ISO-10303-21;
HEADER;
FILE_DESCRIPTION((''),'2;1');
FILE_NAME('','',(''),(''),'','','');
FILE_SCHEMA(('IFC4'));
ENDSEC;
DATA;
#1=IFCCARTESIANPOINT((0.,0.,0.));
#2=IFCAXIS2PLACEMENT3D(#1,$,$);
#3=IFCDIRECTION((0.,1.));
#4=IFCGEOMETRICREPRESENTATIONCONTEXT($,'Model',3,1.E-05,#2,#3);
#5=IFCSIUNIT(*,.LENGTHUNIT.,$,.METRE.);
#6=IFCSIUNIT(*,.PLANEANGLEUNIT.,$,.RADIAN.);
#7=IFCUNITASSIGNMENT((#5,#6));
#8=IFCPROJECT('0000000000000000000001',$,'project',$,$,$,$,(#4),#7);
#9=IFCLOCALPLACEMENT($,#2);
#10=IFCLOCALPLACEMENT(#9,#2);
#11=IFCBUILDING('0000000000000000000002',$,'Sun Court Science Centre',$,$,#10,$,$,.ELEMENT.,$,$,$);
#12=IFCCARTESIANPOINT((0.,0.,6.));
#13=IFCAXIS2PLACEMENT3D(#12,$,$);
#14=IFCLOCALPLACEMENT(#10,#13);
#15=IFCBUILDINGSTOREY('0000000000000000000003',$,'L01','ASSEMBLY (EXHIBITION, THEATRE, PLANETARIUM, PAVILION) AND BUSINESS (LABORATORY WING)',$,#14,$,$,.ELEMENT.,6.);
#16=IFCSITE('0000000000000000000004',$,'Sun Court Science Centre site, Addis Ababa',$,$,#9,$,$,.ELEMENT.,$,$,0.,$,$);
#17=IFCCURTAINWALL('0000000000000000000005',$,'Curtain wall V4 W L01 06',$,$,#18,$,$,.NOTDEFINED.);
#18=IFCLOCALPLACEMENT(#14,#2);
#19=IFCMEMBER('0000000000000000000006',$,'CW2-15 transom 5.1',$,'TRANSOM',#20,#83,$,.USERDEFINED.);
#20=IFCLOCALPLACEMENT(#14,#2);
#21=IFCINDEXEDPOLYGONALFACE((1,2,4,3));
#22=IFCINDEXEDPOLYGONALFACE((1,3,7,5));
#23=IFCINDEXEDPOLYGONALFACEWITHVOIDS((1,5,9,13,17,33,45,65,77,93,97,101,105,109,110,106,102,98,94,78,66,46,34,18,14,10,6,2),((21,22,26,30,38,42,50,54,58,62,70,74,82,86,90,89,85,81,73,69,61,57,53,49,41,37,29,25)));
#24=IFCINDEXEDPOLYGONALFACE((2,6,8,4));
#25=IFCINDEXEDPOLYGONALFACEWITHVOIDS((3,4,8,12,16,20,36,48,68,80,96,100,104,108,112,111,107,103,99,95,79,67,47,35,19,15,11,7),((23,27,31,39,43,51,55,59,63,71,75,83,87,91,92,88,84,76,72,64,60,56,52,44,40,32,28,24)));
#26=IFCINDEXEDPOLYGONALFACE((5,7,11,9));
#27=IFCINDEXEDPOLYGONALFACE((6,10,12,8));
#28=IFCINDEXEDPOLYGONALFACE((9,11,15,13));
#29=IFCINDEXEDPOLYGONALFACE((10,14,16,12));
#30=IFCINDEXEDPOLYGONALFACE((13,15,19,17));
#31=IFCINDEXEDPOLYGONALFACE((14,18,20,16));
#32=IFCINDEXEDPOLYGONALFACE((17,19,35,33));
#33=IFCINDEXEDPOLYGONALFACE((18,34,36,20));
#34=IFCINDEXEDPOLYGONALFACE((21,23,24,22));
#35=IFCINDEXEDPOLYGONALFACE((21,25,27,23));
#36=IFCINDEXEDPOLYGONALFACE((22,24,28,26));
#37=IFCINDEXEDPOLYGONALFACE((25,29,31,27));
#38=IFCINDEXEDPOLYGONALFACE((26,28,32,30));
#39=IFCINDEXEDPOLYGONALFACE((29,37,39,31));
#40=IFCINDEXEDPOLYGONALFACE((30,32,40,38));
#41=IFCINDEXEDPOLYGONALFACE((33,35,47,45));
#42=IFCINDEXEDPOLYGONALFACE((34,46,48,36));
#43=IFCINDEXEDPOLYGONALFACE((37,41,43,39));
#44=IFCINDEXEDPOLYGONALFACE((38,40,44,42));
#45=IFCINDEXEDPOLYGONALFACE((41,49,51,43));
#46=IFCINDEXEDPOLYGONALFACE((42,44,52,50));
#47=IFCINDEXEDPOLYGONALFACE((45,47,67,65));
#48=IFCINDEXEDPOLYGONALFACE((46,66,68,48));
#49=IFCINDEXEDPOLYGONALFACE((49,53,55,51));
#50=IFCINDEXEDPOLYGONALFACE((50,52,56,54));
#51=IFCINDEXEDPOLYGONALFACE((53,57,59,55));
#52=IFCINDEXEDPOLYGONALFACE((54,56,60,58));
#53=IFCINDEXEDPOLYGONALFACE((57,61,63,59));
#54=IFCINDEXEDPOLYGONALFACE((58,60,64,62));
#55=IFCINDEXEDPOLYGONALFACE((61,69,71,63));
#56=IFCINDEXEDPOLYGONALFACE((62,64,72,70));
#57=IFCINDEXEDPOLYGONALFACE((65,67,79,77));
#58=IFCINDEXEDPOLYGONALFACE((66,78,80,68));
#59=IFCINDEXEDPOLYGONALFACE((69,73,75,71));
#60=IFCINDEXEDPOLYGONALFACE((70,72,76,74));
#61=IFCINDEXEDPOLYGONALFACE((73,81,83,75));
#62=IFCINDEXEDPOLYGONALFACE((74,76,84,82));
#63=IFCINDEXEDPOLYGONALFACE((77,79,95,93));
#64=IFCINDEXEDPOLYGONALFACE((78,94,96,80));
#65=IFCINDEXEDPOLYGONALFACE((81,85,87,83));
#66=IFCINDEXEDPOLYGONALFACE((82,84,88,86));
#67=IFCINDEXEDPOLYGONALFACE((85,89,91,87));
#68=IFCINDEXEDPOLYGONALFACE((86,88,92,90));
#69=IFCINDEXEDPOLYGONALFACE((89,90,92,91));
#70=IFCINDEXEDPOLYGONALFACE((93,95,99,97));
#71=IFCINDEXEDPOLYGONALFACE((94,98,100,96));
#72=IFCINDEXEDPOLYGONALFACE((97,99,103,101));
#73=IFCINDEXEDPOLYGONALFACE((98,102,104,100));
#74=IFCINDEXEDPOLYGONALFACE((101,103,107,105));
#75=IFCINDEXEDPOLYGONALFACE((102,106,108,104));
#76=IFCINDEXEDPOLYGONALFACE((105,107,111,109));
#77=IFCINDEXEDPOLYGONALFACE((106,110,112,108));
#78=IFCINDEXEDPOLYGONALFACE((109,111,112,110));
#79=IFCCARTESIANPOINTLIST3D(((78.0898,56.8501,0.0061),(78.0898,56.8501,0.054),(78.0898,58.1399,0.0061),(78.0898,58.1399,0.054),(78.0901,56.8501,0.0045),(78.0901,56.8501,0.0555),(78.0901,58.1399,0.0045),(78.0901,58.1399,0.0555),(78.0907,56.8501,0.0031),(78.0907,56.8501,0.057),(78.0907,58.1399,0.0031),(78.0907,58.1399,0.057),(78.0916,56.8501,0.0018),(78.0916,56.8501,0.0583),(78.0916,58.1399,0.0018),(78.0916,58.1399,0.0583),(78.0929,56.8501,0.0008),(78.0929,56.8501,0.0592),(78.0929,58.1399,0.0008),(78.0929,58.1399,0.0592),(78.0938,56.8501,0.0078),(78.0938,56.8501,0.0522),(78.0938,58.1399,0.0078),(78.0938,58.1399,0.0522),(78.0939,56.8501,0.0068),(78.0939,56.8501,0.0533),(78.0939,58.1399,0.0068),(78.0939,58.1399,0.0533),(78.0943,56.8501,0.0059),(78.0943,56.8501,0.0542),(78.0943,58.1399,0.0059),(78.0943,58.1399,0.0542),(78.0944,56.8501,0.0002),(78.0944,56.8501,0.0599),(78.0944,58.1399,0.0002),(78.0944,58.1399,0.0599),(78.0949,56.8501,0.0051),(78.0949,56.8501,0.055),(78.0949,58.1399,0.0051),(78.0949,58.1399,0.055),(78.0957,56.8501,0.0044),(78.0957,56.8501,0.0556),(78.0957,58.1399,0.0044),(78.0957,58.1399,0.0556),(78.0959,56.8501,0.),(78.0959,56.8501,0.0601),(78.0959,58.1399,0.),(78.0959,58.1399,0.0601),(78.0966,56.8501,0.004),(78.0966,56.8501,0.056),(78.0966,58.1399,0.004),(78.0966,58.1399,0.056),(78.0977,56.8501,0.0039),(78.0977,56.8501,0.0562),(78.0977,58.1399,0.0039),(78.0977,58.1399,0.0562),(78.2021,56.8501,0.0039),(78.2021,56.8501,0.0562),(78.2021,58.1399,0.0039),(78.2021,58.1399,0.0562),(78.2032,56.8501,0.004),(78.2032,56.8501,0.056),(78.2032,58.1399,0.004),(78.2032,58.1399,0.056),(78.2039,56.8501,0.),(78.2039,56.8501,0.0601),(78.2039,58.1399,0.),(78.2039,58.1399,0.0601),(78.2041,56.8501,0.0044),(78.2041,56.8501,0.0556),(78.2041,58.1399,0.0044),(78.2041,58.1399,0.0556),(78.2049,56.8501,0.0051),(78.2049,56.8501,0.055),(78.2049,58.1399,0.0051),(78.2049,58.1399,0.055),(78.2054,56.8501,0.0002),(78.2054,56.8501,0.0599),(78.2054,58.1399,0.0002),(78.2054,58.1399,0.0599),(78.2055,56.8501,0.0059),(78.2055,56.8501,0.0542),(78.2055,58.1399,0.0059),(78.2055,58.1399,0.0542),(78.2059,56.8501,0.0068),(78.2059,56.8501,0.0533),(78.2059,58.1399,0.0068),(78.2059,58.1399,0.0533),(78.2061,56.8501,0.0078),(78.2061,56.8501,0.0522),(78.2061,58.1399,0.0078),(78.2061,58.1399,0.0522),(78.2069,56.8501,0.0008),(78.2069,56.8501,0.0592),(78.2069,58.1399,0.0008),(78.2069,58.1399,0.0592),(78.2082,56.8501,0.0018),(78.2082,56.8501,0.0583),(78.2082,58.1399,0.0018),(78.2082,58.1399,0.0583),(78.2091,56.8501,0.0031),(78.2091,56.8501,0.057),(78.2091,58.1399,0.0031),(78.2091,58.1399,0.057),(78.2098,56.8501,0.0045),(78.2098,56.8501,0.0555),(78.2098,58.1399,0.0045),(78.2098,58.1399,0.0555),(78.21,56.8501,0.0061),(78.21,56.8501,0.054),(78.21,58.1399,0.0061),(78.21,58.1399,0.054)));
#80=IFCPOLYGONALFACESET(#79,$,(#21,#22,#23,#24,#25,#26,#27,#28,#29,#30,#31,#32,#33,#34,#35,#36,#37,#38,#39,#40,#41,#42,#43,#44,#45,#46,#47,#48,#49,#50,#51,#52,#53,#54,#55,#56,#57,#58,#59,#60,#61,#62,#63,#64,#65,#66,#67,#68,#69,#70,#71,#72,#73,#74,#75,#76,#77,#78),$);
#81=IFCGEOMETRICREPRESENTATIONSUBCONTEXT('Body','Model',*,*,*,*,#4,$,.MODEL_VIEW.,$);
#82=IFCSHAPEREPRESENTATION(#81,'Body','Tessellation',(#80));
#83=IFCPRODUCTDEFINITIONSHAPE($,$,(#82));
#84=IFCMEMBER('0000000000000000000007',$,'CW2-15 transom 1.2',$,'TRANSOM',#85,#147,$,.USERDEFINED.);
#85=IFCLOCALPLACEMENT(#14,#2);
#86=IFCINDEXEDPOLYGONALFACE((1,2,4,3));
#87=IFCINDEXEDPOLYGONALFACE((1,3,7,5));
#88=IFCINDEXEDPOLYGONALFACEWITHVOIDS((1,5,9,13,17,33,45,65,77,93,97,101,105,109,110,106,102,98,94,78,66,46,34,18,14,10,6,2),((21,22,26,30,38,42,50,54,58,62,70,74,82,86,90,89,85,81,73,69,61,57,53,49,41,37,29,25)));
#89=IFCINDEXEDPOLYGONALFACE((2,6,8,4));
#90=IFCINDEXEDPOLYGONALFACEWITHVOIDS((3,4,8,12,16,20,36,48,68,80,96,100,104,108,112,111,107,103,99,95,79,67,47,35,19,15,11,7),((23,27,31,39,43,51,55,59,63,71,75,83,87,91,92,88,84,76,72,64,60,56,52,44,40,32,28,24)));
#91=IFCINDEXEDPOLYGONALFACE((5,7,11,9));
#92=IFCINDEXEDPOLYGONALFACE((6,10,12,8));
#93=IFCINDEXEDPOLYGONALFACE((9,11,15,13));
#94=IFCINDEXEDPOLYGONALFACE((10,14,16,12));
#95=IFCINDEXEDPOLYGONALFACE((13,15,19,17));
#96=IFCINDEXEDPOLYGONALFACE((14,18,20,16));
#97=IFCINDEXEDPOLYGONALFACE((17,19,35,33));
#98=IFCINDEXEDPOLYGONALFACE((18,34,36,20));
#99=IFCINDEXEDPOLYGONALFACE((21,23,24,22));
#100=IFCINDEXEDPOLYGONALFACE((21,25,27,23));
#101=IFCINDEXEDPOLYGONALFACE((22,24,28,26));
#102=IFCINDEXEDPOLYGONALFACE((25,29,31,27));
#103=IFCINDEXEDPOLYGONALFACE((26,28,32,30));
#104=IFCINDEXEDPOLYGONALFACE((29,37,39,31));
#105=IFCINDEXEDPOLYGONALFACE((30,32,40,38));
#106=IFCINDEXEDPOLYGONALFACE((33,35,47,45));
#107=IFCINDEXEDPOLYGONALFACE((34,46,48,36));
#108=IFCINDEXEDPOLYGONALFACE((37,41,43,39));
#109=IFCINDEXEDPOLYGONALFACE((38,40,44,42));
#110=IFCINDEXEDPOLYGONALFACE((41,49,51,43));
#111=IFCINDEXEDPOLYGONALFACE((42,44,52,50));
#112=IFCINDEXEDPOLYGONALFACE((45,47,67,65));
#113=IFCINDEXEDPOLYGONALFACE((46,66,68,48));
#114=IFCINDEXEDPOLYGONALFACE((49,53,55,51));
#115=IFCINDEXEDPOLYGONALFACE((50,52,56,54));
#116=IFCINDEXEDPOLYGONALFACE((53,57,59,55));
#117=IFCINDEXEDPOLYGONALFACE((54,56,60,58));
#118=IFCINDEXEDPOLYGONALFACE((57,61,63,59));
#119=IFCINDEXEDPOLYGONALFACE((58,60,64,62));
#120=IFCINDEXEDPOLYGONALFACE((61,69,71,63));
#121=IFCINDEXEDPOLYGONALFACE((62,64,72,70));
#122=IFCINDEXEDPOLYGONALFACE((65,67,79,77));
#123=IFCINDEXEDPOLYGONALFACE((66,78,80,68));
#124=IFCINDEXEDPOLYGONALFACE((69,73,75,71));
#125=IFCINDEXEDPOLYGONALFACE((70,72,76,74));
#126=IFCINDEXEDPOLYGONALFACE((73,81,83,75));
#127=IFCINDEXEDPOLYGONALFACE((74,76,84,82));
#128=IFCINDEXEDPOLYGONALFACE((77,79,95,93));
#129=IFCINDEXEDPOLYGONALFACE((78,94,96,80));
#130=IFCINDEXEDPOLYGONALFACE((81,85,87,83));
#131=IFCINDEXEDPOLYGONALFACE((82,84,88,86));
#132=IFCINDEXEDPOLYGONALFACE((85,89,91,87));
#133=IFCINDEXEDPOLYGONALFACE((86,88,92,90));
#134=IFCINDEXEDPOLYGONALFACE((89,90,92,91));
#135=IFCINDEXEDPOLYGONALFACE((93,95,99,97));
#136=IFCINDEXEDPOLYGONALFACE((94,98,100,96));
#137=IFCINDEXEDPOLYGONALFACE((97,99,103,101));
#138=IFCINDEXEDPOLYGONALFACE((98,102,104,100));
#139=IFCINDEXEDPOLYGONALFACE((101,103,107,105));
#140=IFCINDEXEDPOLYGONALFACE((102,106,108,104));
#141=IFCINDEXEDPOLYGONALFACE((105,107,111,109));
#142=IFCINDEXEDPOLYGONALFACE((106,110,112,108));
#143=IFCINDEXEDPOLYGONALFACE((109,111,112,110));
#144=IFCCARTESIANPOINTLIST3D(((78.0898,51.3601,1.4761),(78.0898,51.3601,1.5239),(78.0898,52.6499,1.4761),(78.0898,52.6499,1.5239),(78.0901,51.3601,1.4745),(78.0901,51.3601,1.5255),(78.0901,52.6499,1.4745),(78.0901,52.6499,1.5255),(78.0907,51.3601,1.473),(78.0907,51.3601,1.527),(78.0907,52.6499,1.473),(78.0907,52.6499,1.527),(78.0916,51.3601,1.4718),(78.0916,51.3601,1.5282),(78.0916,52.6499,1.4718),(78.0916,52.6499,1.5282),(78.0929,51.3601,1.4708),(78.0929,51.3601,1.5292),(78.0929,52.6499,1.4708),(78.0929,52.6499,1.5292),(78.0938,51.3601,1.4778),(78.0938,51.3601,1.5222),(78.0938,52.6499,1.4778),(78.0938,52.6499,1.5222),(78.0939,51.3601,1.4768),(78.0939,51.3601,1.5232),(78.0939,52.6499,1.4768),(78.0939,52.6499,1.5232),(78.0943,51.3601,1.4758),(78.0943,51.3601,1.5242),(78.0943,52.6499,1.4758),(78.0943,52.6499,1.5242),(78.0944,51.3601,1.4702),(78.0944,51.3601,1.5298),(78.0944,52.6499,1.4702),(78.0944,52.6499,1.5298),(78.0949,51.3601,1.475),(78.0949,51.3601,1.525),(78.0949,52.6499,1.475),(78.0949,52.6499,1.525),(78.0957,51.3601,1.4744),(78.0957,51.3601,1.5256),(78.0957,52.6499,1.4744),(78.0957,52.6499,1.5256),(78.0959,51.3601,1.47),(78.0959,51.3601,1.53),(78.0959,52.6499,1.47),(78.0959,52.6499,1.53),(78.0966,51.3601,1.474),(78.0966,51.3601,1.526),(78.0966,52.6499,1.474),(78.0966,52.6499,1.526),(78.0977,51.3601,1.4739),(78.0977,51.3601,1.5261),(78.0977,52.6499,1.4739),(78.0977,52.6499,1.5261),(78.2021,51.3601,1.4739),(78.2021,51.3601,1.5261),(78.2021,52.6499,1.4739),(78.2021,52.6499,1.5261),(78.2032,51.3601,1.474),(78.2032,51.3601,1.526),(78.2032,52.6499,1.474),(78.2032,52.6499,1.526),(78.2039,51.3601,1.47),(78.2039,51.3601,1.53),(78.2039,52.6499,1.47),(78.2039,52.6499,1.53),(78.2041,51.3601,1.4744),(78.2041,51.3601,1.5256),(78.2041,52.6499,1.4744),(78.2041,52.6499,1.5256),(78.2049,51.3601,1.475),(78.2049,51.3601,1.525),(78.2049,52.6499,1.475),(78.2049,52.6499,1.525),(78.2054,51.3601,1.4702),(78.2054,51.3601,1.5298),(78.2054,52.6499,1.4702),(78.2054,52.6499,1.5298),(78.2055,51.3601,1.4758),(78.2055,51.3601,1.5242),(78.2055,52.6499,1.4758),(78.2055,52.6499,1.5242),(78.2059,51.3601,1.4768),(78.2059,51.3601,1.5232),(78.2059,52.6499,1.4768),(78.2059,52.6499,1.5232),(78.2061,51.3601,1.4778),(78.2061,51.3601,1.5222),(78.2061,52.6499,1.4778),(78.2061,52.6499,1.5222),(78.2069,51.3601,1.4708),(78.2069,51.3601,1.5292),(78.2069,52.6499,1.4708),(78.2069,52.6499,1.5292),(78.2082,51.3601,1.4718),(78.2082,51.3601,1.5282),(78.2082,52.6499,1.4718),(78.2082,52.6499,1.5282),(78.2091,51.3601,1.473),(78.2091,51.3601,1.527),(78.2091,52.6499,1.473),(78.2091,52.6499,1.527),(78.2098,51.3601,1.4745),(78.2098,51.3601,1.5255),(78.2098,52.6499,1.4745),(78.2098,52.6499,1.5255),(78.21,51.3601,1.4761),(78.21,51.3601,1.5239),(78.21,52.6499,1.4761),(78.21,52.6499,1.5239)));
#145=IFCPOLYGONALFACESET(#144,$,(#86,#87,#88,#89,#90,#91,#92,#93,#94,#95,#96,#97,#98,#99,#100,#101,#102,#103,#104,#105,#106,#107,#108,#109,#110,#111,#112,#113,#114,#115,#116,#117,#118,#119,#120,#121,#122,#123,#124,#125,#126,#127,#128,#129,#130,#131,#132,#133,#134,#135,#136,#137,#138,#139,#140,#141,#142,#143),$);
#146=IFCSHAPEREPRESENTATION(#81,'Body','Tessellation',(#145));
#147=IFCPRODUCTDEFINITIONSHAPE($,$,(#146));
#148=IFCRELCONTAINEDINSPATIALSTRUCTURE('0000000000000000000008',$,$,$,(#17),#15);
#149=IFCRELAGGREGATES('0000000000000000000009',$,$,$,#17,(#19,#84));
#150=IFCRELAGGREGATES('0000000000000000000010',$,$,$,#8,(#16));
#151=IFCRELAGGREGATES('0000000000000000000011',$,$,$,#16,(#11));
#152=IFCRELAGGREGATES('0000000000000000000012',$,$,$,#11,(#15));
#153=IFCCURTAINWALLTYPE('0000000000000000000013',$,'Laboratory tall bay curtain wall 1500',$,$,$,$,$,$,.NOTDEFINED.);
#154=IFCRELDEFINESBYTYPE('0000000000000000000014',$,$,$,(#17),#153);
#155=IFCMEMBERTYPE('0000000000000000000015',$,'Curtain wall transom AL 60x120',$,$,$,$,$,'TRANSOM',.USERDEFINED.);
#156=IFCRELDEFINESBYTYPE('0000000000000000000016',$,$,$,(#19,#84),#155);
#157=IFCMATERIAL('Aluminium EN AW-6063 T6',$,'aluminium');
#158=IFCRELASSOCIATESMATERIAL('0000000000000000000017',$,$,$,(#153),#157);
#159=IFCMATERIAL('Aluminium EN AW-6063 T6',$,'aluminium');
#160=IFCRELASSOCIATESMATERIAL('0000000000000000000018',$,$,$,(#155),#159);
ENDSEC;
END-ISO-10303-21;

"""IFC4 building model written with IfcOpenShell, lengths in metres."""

from ifc_helpers import new_model, si_unit, direction, frame, origin, origin_2d, place, context, subcontext, project, spatial, hollow_rectangle, extrude, material, material_profile, profile_set, type_object, element, aggregate, save


model = new_model("IFC4")

# Units and contexts
model_context = context("Model", 3, precision=1e-05, world=origin(), true_north=direction((0.0, 1.0)))
body_context = subcontext(model_context, "Body", "Model", "MODEL_VIEW")
ifc_project = project(units=[si_unit("LENGTHUNIT", "METRE"), si_unit("PLANEANGLEUNIT", "RADIAN")], contexts=[model_context])

# Site, building, storey
site_placement = place(None, origin())
site = spatial("IfcSite", under=ifc_project, at=site_placement, Name="Sun Court Science Centre site, Addis Ababa", CompositionType="ELEMENT", RefElevation=0.0)
building_placement = place(site_placement, origin())
building = spatial("IfcBuilding", under=site, at=building_placement, Name="Sun Court Science Centre", CompositionType="ELEMENT")
storey_placement = place(building_placement, frame((0.0, 0.0, 6.0)))
storey = spatial("IfcBuildingStorey", under=building, at=storey_placement, Name="L01", Description="ASSEMBLY (EXHIBITION, THEATRE, PLANETARIUM, PAVILION) AND BUSINESS (LABORATORY WING)", CompositionType="ELEMENT", Elevation=6.0)

# Shared definitions
ifc_material_1 = material(Name="Aluminium EN AW-6063 T6", Category="aluminium")
curtain_wall_type = type_object("IfcCurtainWallType", Name="Laboratory tall bay curtain wall 1500", PredefinedType="NOTDEFINED", material=ifc_material_1)

# Curtain wall, members
curtain_wall_1_placement = place(storey_placement, origin())
curtain_wall_1 = element("IfcCurtainWall", 1, at=curtain_wall_1_placement, inside=storey, type_object=curtain_wall_type, Name="Curtain wall V4 W L01 06", PredefinedType="NOTDEFINED")
ifc_material_2 = material(Name="Aluminium EN AW-6063 T6", Category="aluminium")
ifc_material_profile_1 = material_profile(ifc_material_2, hollow_rectangle(XDim=0.0601, YDim=0.1201, WallThickness=0.0039, InnerFilletRadius=0.0039, OuterFilletRadius=0.0061, at=origin_2d()), Name="AL 60x120x4")
ifc_profile_set_1 = profile_set([ifc_material_profile_1], Name="Aluminium EN AW-6063 T6")
member_type_1 = type_object("IfcMemberType", Name="Curtain wall transom AL 60x120", ElementType="TRANSOM", PredefinedType="USERDEFINED", material=ifc_profile_set_1)
member_1_placement = place(storey_placement, frame((78.1499, 56.8501, 0.03), z_axis=(0.0, 1.0, 0.0), x_axis=(0.0, 0.0, 1.0)))
member_1 = element("IfcMember", 2, at=member_1_placement, type_object=member_type_1, Name="CW2-15 transom 5.1", ObjectType="TRANSOM", PredefinedType="USERDEFINED", context=body_context, shape_type="SweptSolid", body=[
    extrude(hollow_rectangle(XDim=0.0601, YDim=0.1201, WallThickness=0.0039, InnerFilletRadius=0.0039, OuterFilletRadius=0.0061, at=origin_2d()), origin(), (0.0, 0.0, 1.0), 1.2898),
])
member_2_placement = place(storey_placement, frame((78.1499, 51.3601, 1.5), z_axis=(0.0, 1.0, 0.0), x_axis=(0.0, 0.0, 1.0)))
member_2 = element("IfcMember", 3, at=member_2_placement, type_object=member_type_1, Name="CW2-15 transom 1.2", ObjectType="TRANSOM", PredefinedType="USERDEFINED", context=body_context, shape_type="SweptSolid", body=[
    extrude(hollow_rectangle(XDim=0.0601, YDim=0.1201, WallThickness=0.0039, InnerFilletRadius=0.0039, OuterFilletRadius=0.0061, at=origin_2d()), origin(), (0.0, 0.0, 1.0), 1.2898),
])

aggregate(curtain_wall_1, [member_1, member_2])

save(model, "model.ifc")
